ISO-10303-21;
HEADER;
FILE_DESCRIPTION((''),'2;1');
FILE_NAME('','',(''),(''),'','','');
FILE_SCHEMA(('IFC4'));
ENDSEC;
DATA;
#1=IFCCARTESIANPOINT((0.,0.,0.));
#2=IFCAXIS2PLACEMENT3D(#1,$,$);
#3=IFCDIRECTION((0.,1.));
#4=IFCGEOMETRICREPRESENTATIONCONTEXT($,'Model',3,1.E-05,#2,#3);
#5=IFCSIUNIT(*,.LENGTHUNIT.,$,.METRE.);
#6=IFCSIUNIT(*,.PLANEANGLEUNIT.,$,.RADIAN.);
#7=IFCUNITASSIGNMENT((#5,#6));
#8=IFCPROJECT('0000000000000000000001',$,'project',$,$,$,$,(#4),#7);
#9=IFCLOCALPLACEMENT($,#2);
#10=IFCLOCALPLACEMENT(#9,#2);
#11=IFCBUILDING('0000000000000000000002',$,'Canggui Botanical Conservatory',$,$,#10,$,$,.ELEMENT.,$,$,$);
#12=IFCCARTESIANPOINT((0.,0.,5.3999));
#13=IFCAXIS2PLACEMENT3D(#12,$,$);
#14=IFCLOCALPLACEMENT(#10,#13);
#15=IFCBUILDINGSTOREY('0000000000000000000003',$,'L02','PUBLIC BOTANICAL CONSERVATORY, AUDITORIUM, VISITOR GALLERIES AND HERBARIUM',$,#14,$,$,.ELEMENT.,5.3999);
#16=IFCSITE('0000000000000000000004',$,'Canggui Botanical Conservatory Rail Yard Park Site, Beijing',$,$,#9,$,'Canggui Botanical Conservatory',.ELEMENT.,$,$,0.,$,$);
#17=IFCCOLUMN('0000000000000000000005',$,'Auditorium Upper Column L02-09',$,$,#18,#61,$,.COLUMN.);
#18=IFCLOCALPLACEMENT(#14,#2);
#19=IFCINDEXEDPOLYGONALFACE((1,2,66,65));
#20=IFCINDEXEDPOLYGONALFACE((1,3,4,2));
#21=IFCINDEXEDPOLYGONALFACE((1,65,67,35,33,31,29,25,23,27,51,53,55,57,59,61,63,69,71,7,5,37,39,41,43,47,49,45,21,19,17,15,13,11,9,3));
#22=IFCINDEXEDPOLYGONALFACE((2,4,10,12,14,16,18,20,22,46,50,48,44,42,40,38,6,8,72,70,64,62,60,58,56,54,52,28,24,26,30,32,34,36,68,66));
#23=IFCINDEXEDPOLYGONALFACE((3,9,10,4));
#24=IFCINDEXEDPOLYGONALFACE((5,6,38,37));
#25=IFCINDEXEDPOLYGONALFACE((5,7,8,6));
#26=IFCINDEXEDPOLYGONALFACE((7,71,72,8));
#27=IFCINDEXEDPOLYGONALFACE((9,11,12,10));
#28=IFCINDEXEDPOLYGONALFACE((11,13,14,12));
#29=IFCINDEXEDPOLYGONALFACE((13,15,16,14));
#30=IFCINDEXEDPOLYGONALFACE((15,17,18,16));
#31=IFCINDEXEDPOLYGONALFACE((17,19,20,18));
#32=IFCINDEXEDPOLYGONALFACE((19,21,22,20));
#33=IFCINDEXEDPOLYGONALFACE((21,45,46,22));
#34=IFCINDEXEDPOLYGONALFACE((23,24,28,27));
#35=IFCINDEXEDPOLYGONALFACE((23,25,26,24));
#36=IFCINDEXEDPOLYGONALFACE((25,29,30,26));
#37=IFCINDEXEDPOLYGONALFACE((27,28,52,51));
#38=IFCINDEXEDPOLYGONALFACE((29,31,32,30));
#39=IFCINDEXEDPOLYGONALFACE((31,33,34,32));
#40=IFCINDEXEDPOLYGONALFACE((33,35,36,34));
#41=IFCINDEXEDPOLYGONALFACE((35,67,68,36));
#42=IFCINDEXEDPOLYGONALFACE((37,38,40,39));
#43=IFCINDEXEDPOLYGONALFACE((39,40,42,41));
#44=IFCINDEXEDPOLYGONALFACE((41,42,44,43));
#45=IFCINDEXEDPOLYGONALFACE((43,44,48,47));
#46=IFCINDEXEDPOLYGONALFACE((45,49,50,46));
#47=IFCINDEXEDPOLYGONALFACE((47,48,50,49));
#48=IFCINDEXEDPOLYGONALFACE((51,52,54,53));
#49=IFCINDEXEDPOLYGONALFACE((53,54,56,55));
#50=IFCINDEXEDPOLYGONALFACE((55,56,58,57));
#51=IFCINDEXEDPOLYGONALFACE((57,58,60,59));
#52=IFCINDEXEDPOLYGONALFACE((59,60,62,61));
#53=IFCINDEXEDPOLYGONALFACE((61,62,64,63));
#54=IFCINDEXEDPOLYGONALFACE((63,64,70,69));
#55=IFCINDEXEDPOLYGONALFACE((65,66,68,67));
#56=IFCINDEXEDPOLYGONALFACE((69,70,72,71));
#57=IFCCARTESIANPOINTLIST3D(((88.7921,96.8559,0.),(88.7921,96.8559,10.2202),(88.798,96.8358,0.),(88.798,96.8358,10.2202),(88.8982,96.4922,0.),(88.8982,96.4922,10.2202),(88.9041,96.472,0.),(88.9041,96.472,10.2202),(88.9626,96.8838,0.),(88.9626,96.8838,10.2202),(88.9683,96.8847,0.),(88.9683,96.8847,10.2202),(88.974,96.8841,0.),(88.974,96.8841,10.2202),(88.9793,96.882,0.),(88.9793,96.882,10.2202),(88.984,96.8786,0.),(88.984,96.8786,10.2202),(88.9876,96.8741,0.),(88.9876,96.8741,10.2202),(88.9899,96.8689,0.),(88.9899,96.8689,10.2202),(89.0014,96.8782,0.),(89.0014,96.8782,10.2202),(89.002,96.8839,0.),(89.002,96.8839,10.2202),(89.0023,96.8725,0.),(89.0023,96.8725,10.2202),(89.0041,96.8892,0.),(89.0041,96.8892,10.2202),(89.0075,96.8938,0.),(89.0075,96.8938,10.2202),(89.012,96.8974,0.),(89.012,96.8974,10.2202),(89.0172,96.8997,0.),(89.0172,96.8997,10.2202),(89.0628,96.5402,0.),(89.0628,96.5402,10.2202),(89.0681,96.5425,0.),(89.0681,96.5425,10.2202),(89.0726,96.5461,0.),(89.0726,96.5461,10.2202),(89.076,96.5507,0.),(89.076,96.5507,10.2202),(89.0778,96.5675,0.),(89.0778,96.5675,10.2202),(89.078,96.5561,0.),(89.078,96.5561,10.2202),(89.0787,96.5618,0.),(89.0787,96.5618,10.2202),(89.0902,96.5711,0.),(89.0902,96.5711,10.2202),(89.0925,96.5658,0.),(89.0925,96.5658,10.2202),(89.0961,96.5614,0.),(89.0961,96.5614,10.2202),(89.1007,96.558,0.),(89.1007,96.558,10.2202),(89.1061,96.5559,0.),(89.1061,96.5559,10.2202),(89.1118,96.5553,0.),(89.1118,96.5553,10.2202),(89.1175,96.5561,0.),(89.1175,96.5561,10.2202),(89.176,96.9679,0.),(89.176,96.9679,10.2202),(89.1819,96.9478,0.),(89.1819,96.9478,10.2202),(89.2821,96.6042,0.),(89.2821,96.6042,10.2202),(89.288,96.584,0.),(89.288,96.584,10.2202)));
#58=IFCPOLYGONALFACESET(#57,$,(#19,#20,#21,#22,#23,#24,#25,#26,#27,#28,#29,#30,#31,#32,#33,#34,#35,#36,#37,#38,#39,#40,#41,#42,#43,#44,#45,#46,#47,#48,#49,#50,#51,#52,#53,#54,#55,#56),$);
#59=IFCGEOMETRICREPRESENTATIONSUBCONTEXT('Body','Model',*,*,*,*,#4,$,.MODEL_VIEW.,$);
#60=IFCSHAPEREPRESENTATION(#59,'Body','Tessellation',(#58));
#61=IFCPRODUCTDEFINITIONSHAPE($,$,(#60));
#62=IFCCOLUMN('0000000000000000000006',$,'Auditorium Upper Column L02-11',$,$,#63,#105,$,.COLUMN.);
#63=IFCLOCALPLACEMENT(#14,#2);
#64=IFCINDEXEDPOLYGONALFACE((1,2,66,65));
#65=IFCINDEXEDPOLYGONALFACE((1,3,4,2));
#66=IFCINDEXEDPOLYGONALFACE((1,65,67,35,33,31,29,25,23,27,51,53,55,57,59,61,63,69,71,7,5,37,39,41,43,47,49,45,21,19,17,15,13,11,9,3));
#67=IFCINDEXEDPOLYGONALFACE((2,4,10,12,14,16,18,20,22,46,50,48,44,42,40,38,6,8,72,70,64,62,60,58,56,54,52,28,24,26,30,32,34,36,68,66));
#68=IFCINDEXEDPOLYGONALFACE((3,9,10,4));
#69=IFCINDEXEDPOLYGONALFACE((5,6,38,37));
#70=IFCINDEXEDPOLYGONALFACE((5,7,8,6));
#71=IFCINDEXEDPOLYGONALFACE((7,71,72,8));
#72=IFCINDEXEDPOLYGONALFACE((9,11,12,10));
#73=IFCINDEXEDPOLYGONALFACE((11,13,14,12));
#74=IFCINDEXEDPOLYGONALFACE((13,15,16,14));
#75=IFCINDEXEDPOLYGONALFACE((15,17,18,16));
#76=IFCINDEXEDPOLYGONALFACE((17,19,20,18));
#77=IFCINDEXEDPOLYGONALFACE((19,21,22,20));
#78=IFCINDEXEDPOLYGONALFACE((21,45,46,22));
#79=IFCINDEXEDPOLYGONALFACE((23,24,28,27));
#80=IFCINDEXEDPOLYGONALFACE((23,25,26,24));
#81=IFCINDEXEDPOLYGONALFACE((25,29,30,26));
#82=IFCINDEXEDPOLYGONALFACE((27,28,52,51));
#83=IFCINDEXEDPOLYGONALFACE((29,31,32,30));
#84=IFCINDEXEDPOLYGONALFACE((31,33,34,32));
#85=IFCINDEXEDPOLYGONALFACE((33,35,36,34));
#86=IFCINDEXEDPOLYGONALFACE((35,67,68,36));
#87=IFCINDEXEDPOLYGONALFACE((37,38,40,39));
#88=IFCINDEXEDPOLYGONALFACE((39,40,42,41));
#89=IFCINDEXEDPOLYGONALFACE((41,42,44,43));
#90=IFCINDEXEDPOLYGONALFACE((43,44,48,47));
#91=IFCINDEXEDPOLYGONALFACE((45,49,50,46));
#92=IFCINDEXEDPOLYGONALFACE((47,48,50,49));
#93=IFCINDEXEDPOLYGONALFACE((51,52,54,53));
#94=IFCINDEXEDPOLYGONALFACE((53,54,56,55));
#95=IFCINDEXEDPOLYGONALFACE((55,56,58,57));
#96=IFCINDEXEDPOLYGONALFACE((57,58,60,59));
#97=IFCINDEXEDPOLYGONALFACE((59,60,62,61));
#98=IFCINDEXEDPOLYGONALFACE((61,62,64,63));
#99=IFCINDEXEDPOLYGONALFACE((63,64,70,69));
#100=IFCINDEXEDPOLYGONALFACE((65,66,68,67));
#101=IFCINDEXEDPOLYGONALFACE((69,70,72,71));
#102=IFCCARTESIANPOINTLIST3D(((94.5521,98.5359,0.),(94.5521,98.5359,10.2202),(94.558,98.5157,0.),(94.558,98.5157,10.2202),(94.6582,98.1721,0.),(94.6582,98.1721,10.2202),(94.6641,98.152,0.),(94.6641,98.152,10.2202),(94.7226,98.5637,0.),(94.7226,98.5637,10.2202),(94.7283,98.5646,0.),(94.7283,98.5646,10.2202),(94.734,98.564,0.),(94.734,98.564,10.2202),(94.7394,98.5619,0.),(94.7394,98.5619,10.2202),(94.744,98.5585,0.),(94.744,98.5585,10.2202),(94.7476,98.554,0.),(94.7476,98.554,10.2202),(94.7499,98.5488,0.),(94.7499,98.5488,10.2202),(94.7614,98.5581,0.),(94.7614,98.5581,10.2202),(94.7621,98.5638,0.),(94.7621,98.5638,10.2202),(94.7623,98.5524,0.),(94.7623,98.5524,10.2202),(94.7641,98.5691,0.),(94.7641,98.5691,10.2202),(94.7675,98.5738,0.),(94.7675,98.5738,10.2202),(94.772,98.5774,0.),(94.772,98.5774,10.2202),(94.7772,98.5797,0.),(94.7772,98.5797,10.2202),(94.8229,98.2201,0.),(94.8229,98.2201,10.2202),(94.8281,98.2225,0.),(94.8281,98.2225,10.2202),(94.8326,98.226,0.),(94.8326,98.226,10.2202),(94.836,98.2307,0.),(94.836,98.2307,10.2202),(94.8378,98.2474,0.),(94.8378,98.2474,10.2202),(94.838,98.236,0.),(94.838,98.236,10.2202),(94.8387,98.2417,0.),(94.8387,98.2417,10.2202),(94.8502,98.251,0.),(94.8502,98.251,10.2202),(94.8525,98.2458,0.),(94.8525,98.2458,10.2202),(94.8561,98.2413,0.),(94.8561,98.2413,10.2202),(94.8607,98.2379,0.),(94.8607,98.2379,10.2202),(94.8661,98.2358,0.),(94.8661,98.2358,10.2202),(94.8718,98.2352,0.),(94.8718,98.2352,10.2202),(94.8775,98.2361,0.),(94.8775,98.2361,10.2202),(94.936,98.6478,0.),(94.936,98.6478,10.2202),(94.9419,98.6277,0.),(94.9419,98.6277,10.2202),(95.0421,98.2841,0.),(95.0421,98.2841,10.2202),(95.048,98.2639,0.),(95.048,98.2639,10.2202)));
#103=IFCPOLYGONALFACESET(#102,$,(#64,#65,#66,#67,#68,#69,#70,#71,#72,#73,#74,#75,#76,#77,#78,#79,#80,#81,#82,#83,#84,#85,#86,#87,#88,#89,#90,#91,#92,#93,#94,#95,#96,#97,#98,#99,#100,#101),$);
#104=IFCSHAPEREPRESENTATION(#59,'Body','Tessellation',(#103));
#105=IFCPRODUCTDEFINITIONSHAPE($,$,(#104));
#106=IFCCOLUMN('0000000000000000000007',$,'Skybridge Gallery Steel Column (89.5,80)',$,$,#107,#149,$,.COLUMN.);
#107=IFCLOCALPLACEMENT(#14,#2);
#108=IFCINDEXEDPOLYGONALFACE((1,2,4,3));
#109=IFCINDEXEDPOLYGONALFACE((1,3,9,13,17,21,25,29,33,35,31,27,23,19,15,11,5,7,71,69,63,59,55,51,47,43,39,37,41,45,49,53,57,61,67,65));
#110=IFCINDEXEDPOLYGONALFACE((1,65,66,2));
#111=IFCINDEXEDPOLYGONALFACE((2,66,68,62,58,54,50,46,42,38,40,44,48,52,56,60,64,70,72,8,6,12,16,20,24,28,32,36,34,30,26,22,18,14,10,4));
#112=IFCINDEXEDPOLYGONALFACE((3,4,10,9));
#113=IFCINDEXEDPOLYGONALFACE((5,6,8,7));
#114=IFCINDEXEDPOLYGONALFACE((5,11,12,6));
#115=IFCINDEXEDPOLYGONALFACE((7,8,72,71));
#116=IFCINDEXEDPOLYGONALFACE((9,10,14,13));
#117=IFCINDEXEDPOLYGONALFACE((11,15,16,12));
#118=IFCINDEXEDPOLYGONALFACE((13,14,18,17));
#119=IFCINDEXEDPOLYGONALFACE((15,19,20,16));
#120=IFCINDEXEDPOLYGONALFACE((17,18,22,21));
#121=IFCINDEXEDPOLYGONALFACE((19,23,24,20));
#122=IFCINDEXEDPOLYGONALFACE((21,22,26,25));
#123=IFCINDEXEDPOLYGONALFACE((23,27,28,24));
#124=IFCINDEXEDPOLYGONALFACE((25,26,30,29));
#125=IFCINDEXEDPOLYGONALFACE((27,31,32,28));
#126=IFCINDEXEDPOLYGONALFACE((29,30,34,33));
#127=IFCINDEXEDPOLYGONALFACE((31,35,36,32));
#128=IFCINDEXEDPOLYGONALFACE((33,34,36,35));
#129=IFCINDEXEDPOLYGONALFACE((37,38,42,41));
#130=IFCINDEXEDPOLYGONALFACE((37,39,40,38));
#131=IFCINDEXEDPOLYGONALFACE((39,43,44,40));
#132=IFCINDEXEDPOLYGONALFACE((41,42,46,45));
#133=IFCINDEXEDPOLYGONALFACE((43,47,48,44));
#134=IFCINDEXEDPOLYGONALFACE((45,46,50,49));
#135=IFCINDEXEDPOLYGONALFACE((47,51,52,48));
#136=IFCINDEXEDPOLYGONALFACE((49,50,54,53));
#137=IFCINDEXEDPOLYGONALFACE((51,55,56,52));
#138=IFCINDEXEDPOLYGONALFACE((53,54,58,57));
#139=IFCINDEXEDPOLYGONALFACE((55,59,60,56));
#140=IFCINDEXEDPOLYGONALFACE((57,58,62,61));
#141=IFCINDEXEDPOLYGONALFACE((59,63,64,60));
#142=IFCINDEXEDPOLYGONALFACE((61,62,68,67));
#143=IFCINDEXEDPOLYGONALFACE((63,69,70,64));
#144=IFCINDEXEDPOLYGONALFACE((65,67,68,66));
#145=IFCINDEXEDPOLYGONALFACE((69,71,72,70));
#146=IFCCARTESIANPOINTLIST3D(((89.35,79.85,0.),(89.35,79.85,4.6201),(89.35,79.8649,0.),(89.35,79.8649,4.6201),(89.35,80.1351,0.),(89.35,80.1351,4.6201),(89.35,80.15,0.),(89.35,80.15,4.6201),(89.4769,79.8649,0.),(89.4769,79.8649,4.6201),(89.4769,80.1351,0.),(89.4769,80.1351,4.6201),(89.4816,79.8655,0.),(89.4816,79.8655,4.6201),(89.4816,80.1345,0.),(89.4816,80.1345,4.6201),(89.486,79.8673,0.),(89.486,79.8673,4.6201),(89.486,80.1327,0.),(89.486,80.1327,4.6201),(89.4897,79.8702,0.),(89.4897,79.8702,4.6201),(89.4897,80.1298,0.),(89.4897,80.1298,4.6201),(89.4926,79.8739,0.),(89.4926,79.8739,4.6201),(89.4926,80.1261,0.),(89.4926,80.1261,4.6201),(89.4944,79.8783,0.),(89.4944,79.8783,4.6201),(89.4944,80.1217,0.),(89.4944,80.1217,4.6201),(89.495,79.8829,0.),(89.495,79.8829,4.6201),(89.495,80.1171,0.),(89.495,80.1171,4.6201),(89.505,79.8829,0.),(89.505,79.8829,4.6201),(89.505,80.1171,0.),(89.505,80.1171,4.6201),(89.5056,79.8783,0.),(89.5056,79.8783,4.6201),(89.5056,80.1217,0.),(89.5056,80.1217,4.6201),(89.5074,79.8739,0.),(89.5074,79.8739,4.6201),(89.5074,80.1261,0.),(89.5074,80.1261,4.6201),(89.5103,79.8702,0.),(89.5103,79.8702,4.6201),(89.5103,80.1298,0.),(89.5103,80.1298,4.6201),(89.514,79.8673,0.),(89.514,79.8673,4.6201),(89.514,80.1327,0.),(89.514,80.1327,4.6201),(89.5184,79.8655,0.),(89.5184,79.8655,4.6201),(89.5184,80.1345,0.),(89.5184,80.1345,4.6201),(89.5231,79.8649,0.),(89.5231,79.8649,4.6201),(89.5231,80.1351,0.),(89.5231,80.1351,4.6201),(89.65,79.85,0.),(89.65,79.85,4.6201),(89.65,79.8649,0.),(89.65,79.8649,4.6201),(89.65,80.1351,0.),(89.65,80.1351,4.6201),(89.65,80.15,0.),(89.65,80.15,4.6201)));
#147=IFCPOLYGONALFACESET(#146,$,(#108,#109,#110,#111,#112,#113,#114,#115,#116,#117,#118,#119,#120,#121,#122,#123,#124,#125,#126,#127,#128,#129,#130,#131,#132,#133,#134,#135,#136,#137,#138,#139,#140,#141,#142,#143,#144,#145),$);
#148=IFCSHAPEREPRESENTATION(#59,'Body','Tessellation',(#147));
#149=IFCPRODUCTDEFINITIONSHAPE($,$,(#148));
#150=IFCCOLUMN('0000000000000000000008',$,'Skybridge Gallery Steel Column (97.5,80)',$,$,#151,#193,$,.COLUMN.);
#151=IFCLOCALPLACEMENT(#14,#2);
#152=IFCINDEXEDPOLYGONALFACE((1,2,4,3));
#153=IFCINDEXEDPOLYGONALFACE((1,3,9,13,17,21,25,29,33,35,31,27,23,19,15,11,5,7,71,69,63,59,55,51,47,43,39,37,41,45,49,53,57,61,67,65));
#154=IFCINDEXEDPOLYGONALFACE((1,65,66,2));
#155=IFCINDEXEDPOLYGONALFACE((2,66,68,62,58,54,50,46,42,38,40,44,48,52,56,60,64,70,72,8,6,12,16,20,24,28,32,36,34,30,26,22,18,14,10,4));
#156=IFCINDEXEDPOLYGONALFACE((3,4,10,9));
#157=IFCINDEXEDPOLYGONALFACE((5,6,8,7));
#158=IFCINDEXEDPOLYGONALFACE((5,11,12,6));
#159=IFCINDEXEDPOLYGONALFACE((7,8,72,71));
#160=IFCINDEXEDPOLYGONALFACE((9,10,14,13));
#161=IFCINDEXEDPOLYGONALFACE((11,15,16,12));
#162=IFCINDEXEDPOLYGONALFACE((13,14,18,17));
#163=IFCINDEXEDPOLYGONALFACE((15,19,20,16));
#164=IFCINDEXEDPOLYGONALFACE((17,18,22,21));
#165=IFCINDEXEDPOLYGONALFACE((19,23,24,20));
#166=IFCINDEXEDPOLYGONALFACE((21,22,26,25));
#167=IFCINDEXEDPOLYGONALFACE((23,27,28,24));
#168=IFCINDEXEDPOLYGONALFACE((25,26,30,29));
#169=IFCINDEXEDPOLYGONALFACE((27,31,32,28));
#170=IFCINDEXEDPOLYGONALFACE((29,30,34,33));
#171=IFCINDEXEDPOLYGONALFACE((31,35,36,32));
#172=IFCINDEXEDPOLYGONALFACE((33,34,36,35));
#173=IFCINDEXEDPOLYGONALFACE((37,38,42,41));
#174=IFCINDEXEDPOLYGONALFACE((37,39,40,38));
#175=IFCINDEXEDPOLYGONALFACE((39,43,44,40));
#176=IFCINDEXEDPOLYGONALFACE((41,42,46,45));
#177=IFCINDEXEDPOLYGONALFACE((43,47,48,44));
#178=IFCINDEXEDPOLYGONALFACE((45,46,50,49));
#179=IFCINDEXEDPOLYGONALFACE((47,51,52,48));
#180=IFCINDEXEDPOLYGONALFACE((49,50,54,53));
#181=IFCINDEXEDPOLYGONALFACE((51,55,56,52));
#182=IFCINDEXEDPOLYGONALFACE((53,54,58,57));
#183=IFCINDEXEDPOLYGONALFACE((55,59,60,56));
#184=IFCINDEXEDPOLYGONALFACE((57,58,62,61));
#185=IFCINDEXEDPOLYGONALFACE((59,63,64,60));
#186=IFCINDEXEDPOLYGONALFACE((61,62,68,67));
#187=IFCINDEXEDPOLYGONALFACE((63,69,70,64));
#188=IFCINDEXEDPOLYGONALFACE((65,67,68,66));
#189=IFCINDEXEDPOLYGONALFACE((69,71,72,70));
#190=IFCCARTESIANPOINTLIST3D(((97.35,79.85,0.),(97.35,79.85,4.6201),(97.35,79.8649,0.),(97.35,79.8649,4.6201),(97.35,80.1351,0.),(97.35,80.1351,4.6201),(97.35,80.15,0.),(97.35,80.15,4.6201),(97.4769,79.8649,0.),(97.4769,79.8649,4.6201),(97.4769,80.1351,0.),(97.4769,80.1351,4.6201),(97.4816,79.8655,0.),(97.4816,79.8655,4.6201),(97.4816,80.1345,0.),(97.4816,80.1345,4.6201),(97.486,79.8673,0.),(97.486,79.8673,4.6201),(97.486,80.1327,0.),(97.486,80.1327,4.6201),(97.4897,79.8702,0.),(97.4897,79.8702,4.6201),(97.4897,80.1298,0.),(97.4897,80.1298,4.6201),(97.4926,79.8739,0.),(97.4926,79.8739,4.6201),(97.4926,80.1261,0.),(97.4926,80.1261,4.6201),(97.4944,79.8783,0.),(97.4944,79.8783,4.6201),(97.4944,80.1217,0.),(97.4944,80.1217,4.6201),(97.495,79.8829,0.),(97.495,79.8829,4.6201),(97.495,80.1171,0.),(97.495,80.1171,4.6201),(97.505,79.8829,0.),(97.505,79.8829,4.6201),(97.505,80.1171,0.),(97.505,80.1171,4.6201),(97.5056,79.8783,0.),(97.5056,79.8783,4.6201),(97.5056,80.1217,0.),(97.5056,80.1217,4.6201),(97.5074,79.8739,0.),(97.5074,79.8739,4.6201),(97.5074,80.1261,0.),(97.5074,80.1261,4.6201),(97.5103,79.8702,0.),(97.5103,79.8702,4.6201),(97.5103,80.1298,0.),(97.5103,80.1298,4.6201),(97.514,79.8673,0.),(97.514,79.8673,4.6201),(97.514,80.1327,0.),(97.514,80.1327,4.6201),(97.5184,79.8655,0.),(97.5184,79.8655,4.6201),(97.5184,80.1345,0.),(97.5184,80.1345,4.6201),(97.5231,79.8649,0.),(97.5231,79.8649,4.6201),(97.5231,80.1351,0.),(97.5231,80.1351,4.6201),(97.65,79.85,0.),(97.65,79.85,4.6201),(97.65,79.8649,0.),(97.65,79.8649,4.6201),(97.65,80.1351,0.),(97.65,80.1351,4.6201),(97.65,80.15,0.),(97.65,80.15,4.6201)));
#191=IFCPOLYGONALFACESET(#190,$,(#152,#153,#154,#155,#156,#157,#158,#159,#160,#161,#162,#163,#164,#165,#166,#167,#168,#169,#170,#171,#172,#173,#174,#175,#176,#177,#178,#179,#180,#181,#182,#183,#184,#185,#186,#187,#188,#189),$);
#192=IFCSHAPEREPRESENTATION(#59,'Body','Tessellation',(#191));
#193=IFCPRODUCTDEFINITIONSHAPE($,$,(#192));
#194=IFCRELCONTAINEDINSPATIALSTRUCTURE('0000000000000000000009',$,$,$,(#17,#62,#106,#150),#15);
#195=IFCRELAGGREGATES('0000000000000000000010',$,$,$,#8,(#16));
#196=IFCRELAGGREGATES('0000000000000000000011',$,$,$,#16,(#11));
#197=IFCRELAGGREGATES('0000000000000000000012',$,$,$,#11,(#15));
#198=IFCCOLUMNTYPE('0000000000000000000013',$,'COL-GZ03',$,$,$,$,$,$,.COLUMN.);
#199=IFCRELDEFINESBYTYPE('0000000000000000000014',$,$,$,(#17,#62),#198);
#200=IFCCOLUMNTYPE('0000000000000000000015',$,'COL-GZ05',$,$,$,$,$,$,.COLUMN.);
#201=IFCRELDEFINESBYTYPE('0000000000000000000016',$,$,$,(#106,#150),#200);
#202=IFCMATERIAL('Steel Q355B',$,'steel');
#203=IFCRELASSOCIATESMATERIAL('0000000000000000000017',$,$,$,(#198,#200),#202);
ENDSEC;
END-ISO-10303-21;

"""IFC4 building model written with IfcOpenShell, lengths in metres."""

from ifc_helpers import new_model, si_unit, direction, frame, origin, origin_2d, place, context, subcontext, project, spatial, i_section, extrude, material, material_profile, profile_set, type_object, element, save


model = new_model("IFC4")

# Units and contexts
model_context = context("Model", 3, precision=1e-05, world=origin(), true_north=direction((0.0, 1.0)))
body_context = subcontext(model_context, "Body", "Model", "MODEL_VIEW")
ifc_project = project(units=[si_unit("LENGTHUNIT", "METRE"), si_unit("PLANEANGLEUNIT", "RADIAN")], contexts=[model_context])

# Site, building, storey
site_placement = place(None, origin())
site = spatial("IfcSite", under=ifc_project, at=site_placement, Name="Canggui Botanical Conservatory Rail Yard Park Site, Beijing", LongName="Canggui Botanical Conservatory", CompositionType="ELEMENT", RefElevation=0.0)
building_placement = place(site_placement, origin())
building = spatial("IfcBuilding", under=site, at=building_placement, Name="Canggui Botanical Conservatory", CompositionType="ELEMENT")
storey_placement = place(building_placement, frame((0.0, 0.0, 5.3999)))
storey = spatial("IfcBuildingStorey", under=building, at=storey_placement, Name="L02", Description="PUBLIC BOTANICAL CONSERVATORY, AUDITORIUM, VISITOR GALLERIES AND HERBARIUM", CompositionType="ELEMENT", Elevation=5.3999)

# Columns
ifc_material_1 = material(Name="Steel Q355B", Category="steel")
ifc_material_profile_1 = material_profile(ifc_material_1, i_section(OverallWidth=0.3999, OverallDepth=0.3999, WebThickness=0.0129, FlangeThickness=0.021, FilletRadius=0.022, at=origin_2d()), Name="HW 400x400x13x21")
ifc_profile_set_1 = profile_set([ifc_material_profile_1], Name="Steel Q355B")
column_type_1 = type_object("IfcColumnType", Name="COL-GZ03", PredefinedType="COLUMN", material=ifc_profile_set_1)
for number, where, z_axis, x_axis, name in (
    (1, (89.04, 96.72, 0.0), (0.0, 0.0, 1.0), (0.96, 0.28, 0.0), "Auditorium Upper Column L02-09"),
    (2, (94.8, 98.3999, 0.0), (0.0, 0.0, 1.0), (0.96, 0.28, 0.0), "Auditorium Upper Column L02-11"),
):
    element("IfcColumn", number, at=place(storey_placement, frame(where, z_axis=z_axis, x_axis=x_axis)), inside=storey, type_object=column_type_1, Name=name, PredefinedType="COLUMN", context=body_context, shape_type="SweptSolid", body=[
        extrude(i_section(OverallWidth=0.3999, OverallDepth=0.3999, WebThickness=0.0129, FlangeThickness=0.021, FilletRadius=0.022, at=origin_2d()), origin(), (0.0, 0.0, 1.0), 10.2202),
    ])
ifc_material_profile_2 = material_profile(ifc_material_1, i_section(OverallWidth=0.3, OverallDepth=0.3, WebThickness=0.01, FlangeThickness=0.0149, FilletRadius=0.0181, at=origin_2d()), Name="HW 300x300x10x15")
ifc_profile_set_2 = profile_set([ifc_material_profile_2], Name="Steel Q355B")
column_type_2 = type_object("IfcColumnType", Name="COL-GZ05", PredefinedType="COLUMN", material=ifc_profile_set_2)
for number, where, z_axis, x_axis, name in (
    (3, (89.5, 80.0, 0.0), (0.0, 0.0, 1.0), (1.0, 0.0, 0.0), "Skybridge Gallery Steel Column (89.5,80)"),
    (4, (97.5, 80.0, 0.0), (0.0, 0.0, 1.0), (1.0, 0.0, 0.0), "Skybridge Gallery Steel Column (97.5,80)"),
):
    element("IfcColumn", number, at=place(storey_placement, frame(where, z_axis=z_axis, x_axis=x_axis)), inside=storey, type_object=column_type_2, Name=name, PredefinedType="COLUMN", context=body_context, shape_type="SweptSolid", body=[
        extrude(i_section(OverallWidth=0.3, OverallDepth=0.3, WebThickness=0.01, FlangeThickness=0.0149, FilletRadius=0.0181, at=origin_2d()), origin(), (0.0, 0.0, 1.0), 4.6201),
    ])

save(model, "model.ifc")
